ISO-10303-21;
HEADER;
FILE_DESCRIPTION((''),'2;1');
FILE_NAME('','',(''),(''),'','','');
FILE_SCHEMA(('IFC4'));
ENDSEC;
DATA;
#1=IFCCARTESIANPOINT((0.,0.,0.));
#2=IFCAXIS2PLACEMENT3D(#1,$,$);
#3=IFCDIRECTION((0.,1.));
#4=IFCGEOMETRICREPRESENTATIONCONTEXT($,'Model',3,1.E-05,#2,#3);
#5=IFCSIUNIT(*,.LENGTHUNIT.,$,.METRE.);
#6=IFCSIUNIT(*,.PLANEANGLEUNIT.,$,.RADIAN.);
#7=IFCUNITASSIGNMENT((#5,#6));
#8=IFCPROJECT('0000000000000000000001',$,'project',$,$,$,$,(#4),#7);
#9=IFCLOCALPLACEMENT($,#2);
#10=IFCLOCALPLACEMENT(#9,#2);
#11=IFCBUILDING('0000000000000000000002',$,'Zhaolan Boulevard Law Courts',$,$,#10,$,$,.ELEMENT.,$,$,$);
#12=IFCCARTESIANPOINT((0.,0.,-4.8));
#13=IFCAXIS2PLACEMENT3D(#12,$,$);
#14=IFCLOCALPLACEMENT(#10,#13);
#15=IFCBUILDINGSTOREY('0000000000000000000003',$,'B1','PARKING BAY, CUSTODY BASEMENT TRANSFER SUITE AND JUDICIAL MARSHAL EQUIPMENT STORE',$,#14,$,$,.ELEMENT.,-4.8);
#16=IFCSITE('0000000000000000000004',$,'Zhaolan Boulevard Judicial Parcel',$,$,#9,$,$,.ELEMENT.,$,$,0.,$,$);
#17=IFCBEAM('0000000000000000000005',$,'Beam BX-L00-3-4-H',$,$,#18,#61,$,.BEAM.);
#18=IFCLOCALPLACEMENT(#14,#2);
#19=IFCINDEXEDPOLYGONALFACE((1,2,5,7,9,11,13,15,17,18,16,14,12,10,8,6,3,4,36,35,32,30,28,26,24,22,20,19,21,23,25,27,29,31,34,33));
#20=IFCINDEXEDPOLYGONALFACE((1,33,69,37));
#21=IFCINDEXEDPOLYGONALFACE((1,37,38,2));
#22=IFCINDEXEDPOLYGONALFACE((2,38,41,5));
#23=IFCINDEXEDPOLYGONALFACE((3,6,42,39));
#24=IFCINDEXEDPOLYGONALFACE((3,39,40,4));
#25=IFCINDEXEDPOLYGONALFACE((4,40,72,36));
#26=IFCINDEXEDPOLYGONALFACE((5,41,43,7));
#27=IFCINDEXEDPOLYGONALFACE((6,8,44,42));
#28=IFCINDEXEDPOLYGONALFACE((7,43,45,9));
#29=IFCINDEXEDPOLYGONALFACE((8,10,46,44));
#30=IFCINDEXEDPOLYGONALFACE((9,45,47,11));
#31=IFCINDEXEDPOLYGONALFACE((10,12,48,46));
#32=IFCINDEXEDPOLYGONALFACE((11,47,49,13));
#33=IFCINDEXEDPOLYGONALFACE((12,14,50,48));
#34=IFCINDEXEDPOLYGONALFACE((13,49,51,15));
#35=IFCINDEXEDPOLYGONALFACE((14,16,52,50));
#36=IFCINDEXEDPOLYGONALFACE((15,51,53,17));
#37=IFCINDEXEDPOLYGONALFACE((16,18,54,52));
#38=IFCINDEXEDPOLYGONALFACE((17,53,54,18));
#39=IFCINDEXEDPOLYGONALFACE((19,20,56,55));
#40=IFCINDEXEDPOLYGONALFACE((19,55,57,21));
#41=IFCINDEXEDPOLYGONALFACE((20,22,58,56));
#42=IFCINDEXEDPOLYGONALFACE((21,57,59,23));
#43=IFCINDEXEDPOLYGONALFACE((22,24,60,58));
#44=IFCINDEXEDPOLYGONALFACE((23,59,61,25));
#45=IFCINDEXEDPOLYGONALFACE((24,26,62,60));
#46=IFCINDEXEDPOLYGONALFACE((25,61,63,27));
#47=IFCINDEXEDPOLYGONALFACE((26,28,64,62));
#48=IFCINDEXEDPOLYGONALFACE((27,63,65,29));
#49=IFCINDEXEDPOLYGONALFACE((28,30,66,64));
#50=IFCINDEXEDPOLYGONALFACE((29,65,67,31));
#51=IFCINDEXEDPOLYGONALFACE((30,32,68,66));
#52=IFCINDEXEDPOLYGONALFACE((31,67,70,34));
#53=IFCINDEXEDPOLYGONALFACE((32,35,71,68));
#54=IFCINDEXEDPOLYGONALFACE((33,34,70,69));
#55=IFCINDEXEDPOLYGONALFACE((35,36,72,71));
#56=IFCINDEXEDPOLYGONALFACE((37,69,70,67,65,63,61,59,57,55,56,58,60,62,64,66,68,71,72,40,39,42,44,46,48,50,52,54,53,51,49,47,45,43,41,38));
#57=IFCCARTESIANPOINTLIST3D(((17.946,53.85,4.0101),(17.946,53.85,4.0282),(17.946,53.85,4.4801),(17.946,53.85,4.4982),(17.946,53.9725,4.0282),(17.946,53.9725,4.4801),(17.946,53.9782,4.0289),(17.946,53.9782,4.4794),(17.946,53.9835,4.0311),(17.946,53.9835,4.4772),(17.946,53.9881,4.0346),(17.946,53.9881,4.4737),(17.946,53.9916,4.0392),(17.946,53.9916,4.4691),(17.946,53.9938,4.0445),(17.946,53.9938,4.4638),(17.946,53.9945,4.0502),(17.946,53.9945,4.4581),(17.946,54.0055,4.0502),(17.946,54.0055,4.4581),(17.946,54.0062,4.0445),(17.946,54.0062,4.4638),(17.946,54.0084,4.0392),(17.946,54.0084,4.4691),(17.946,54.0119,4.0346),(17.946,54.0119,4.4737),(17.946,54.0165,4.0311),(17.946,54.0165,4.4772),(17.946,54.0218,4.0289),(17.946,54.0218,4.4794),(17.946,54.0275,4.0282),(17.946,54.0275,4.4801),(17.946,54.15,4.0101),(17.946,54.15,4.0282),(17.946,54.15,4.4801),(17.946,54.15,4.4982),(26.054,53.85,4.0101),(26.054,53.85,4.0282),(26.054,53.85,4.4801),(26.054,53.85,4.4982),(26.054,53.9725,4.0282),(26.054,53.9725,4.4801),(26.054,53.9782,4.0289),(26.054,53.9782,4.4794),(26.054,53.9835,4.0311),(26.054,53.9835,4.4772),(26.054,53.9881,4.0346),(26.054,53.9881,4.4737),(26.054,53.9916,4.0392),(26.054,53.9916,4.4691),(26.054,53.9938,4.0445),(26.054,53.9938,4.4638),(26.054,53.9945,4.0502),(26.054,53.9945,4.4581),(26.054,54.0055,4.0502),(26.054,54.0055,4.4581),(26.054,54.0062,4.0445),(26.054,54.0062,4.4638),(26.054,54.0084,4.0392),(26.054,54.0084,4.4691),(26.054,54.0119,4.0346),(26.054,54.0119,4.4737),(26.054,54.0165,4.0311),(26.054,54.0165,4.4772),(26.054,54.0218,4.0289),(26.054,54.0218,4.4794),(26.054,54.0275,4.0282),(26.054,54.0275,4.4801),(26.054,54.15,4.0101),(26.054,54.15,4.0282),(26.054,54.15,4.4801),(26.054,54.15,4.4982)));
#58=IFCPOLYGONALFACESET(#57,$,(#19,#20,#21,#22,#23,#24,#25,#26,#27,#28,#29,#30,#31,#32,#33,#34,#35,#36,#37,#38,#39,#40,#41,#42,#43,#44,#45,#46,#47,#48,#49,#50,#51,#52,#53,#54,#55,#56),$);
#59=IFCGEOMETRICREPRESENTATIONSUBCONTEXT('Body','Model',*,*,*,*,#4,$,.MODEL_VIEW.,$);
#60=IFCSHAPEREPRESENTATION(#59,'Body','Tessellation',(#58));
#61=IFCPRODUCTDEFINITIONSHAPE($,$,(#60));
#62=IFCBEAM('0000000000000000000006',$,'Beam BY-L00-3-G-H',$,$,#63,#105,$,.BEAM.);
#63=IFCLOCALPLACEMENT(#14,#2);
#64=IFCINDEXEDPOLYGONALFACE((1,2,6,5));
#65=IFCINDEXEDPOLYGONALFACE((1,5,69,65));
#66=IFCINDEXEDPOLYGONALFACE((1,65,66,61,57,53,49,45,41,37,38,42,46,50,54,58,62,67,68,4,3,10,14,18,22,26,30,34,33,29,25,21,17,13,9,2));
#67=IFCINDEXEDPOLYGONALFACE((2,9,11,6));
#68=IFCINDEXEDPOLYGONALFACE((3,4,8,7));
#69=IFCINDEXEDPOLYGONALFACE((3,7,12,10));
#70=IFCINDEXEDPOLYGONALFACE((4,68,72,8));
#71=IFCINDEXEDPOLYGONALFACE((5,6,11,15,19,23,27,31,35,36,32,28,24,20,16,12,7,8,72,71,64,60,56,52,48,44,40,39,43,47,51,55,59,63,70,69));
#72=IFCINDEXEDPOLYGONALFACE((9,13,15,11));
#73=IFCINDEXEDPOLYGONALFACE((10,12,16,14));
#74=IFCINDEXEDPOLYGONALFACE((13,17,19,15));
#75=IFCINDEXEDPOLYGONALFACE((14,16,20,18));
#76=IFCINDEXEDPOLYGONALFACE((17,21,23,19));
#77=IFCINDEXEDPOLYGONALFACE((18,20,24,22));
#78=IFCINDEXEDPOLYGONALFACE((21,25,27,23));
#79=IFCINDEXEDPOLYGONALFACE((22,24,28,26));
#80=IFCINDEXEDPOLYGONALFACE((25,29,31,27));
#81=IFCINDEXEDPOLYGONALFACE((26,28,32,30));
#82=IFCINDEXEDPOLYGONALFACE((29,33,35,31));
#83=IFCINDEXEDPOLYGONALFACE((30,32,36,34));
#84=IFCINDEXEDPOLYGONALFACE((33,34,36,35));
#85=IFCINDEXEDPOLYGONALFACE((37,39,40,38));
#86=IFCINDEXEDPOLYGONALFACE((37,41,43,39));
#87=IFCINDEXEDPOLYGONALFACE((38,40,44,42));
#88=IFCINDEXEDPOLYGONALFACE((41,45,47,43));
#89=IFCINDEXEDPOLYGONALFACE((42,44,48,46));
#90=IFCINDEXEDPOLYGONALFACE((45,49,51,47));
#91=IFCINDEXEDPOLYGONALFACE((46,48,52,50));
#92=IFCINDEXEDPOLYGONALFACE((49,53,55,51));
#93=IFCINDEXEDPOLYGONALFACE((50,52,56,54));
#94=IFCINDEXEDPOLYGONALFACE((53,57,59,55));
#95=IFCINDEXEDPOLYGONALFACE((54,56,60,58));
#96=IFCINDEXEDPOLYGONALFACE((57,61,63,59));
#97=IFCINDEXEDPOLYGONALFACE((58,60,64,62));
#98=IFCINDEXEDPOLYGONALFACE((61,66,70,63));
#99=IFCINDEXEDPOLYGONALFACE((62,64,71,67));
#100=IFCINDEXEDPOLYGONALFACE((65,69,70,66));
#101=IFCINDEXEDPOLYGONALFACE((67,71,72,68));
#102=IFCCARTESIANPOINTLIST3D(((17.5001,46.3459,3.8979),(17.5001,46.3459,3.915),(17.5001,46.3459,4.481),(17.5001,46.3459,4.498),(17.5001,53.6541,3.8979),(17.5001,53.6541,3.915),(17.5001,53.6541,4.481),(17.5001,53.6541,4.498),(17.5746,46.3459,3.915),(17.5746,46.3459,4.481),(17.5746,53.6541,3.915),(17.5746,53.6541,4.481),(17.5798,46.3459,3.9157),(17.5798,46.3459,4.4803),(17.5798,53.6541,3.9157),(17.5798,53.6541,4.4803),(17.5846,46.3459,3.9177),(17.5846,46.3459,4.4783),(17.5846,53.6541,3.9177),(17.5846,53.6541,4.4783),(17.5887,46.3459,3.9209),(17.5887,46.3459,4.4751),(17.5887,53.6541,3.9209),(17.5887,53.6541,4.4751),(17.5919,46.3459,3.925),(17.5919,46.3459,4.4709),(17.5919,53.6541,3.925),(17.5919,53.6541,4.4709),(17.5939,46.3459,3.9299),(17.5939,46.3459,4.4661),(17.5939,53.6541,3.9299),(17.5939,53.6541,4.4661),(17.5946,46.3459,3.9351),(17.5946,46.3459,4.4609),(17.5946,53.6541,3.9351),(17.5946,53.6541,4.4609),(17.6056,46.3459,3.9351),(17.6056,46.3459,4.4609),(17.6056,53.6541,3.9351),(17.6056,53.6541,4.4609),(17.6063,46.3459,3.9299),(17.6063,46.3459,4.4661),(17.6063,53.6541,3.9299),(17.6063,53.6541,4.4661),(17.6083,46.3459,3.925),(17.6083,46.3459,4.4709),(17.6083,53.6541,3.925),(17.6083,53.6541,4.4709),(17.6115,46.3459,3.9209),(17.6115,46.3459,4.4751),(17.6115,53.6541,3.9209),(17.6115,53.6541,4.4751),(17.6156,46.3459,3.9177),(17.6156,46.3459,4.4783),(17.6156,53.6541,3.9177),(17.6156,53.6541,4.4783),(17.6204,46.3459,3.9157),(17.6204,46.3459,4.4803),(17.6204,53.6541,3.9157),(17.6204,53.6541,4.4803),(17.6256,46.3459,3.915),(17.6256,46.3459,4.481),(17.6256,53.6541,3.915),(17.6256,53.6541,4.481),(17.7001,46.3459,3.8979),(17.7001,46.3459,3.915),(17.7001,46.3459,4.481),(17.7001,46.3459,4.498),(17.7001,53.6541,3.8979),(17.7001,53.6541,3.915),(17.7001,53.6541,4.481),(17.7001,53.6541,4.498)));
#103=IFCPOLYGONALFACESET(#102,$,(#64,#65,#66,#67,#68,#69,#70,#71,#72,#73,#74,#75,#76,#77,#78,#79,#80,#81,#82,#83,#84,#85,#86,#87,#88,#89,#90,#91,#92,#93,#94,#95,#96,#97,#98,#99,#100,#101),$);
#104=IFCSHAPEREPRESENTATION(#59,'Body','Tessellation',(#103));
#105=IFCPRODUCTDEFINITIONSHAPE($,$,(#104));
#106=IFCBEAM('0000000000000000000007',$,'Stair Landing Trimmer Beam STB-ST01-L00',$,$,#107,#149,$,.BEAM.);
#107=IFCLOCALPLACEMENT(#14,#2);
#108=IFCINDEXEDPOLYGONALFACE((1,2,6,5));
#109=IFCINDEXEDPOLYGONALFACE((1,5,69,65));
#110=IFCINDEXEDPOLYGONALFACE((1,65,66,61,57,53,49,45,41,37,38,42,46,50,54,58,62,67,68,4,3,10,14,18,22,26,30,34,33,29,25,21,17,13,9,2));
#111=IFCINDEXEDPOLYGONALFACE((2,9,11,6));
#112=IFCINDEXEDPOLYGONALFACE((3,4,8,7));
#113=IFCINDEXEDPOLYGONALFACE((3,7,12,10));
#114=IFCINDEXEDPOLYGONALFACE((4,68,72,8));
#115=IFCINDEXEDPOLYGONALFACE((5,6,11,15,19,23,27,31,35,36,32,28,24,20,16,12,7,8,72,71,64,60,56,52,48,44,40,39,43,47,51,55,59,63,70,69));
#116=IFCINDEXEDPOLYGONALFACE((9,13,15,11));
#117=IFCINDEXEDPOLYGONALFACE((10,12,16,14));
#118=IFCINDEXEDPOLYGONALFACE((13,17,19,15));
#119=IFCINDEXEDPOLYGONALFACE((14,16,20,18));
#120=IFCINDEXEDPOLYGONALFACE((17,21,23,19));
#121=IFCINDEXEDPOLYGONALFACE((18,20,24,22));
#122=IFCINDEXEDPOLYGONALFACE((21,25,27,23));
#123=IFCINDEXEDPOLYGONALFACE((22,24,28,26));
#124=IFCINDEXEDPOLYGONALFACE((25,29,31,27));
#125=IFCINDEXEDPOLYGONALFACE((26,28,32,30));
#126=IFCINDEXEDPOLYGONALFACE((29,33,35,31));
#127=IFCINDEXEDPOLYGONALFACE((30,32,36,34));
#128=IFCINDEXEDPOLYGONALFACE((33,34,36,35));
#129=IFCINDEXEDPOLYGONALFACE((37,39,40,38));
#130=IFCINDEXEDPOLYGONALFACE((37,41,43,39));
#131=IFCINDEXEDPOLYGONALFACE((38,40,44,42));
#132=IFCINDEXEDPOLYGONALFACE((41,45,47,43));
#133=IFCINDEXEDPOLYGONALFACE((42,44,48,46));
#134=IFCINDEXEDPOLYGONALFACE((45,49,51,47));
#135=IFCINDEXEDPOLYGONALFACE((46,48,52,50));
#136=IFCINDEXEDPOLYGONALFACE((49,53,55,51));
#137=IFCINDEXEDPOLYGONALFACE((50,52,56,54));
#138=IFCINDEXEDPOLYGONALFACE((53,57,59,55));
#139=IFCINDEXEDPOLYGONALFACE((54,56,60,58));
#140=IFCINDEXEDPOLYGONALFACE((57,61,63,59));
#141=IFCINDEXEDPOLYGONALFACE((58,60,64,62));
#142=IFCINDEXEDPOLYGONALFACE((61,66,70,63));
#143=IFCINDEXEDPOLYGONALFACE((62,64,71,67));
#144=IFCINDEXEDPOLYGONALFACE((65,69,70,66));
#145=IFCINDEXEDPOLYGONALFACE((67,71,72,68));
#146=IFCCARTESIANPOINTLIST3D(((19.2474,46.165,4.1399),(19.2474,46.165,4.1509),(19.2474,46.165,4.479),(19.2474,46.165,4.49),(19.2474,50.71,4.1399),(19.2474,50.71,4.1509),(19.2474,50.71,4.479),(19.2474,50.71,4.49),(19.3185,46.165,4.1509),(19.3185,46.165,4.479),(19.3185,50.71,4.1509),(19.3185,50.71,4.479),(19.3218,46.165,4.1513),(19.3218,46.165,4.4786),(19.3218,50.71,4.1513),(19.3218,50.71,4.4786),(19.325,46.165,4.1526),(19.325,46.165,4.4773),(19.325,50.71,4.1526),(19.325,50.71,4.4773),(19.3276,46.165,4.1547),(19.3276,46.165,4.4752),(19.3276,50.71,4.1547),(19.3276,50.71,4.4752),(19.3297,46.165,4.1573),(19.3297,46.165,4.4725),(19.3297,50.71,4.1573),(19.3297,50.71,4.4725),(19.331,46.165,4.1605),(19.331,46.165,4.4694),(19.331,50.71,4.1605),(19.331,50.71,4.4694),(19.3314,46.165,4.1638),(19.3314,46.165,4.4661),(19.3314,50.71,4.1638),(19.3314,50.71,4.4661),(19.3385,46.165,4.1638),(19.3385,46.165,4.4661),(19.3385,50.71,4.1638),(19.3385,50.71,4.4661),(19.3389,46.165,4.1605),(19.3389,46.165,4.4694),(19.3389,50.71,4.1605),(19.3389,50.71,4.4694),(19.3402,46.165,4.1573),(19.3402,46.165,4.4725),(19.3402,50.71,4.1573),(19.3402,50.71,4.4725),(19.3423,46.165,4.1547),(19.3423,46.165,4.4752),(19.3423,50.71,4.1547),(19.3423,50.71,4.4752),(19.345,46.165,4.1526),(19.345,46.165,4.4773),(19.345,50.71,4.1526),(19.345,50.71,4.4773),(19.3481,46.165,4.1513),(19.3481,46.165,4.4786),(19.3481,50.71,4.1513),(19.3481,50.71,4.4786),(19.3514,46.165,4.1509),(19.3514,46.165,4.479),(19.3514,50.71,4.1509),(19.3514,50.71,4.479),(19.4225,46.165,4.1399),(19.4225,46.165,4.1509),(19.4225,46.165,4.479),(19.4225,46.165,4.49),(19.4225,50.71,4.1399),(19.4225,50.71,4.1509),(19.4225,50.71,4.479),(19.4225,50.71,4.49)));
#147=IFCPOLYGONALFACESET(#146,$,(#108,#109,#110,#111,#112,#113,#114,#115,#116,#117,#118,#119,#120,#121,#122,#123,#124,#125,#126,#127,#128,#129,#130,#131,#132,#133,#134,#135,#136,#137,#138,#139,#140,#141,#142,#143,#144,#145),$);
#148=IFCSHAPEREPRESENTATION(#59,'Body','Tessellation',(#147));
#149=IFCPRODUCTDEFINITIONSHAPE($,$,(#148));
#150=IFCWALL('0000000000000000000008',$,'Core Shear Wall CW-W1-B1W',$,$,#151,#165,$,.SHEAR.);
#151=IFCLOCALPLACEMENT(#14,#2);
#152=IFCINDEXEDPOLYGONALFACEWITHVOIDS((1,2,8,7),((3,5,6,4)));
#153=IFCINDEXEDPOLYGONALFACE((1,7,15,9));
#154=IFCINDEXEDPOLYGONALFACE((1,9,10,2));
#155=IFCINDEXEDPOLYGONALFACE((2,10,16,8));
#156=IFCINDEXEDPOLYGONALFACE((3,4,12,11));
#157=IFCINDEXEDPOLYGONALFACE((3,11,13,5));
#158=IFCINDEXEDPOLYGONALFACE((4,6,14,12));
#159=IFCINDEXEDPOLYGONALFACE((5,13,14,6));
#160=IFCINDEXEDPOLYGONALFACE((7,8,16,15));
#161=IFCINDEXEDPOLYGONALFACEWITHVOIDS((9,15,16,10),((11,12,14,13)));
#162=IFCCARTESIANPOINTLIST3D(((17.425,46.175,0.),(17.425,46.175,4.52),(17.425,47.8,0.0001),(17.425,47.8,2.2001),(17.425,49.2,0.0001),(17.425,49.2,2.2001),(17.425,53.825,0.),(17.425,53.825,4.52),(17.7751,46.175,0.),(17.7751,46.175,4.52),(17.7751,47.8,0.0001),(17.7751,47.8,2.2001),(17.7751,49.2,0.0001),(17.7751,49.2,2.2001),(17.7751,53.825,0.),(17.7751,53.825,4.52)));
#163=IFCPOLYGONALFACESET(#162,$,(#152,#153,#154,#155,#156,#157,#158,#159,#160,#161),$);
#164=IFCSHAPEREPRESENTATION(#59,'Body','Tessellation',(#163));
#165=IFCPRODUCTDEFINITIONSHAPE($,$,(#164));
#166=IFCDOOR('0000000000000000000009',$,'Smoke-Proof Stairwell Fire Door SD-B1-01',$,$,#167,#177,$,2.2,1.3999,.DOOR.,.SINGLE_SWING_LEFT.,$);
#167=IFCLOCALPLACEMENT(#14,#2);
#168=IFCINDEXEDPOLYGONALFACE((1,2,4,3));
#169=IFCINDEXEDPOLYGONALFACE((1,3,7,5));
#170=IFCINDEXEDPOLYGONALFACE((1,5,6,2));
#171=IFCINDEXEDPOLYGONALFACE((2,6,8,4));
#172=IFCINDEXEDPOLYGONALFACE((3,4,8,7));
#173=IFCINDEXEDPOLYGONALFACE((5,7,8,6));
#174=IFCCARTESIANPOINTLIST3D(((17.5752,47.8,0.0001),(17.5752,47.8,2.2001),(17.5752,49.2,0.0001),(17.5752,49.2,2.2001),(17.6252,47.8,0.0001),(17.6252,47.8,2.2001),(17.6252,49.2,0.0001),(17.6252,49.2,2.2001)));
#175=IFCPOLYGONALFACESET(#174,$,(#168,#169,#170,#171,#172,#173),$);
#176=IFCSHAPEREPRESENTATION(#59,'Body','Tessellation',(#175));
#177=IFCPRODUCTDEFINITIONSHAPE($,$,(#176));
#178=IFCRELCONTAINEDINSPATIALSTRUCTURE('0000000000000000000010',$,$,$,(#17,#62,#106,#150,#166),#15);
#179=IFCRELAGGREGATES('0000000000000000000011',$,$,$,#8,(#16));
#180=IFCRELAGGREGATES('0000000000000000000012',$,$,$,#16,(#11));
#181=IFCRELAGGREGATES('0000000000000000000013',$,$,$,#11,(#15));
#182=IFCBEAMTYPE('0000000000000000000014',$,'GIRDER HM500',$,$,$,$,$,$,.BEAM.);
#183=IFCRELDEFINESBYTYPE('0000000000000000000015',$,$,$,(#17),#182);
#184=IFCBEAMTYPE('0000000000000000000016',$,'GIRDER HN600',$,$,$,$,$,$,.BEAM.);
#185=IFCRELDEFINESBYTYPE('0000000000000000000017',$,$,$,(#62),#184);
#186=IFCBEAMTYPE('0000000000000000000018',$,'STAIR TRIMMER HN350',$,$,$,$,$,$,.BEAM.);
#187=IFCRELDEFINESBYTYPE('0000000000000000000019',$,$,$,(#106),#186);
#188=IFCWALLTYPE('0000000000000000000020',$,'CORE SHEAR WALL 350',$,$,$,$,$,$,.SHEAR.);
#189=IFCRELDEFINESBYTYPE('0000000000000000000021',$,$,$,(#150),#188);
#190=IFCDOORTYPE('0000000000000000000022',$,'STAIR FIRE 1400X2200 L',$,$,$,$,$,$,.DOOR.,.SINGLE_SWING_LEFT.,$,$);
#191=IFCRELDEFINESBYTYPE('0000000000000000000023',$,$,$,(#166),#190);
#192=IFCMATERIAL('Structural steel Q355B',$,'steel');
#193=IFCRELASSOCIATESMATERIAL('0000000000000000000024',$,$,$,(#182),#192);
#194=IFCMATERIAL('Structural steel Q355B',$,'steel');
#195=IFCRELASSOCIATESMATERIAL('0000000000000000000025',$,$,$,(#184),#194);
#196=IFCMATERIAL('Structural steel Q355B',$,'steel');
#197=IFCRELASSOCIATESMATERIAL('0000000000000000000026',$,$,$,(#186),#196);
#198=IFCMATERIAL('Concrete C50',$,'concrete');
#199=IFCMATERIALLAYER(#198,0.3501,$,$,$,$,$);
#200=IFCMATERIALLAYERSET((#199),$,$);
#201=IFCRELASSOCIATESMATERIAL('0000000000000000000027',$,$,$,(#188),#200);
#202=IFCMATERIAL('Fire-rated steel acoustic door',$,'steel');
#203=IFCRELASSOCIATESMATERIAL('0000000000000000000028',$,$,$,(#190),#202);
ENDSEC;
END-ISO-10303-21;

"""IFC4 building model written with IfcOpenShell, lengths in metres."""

from ifc_helpers import new_model, si_unit, direction, frame, frame_2d, origin, origin_2d, place, context, subcontext, project, spatial, rectangle, i_section, extrude, material, layer, layer_set, material_profile, profile_set, type_object, element, fill, save


model = new_model("IFC4")

# Units and contexts
model_context = context("Model", 3, precision=1e-05, world=origin(), true_north=direction((0.0, 1.0)))
body_context = subcontext(model_context, "Body", "Model", "MODEL_VIEW")
ifc_project = project(units=[si_unit("LENGTHUNIT", "METRE"), si_unit("PLANEANGLEUNIT", "RADIAN")], contexts=[model_context])

# Site, building, storey
site_placement = place(None, origin())
site = spatial("IfcSite", under=ifc_project, at=site_placement, Name="Zhaolan Boulevard Judicial Parcel", CompositionType="ELEMENT", RefElevation=0.0)
building_placement = place(site_placement, origin())
building = spatial("IfcBuilding", under=site, at=building_placement, Name="Zhaolan Boulevard Law Courts", CompositionType="ELEMENT")
storey_placement = place(building_placement, frame((0.0, 0.0, -4.8)))
storey = spatial("IfcBuildingStorey", under=building, at=storey_placement, Name="B1", Description="PARKING BAY, CUSTODY BASEMENT TRANSFER SUITE AND JUDICIAL MARSHAL EQUIPMENT STORE", CompositionType="ELEMENT", Elevation=-4.8)

# Beams
ifc_material_1 = material(Name="Structural steel Q355B", Category="steel")
ifc_material_profile_1 = material_profile(ifc_material_1, i_section(OverallWidth=0.3, OverallDepth=0.488, WebThickness=0.011, FlangeThickness=0.0181, FilletRadius=0.022, at=origin_2d()), Name="HM488x300")
ifc_profile_set_1 = profile_set([ifc_material_profile_1], Name="Structural steel Q355B")
beam_type_1 = type_object("IfcBeamType", Name="GIRDER HM500", PredefinedType="BEAM", material=ifc_profile_set_1)
beam_1_placement = place(storey_placement, frame((17.946, 54.0, 4.2542), z_axis=(1.0, 0.0, 0.0), x_axis=(0.0, 1.0, 0.0)))
element("IfcBeam", 1, at=beam_1_placement, inside=storey, type_object=beam_type_1, Name="Beam BX-L00-3-4-H", PredefinedType="BEAM", context=body_context, shape_type="SweptSolid", body=[
    extrude(i_section(OverallWidth=0.3, OverallDepth=0.488, WebThickness=0.011, FlangeThickness=0.0181, FilletRadius=0.022, at=origin_2d()), origin(), (0.0, 0.0, 1.0), 8.1079),
])
ifc_material_2 = material(Name="Structural steel Q355B", Category="steel")
ifc_material_profile_2 = material_profile(ifc_material_2, i_section(OverallWidth=0.2, OverallDepth=0.6001, WebThickness=0.011, FlangeThickness=0.0171, FilletRadius=0.02, at=origin_2d()), Name="HN600x200")
ifc_profile_set_2 = profile_set([ifc_material_profile_2], Name="Structural steel Q355B")
beam_type_2 = type_object("IfcBeamType", Name="GIRDER HN600", PredefinedType="BEAM", material=ifc_profile_set_2)
beam_2_placement = place(storey_placement, frame((17.6001, 46.3459, 4.198), z_axis=(0.0, 1.0, 0.0), x_axis=(-1.0, 0.0, 0.0)))
element("IfcBeam", 2, at=beam_2_placement, inside=storey, type_object=beam_type_2, Name="Beam BY-L00-3-G-H", PredefinedType="BEAM", context=body_context, shape_type="SweptSolid", body=[
    extrude(i_section(OverallWidth=0.2, OverallDepth=0.6001, WebThickness=0.011, FlangeThickness=0.0171, FilletRadius=0.02, at=origin_2d()), origin(), (0.0, 0.0, 1.0), 7.3081),
])
ifc_material_3 = material(Name="Structural steel Q355B", Category="steel")
ifc_material_profile_3 = material_profile(ifc_material_3, i_section(OverallWidth=0.175, OverallDepth=0.3501, WebThickness=0.0071, FlangeThickness=0.011, FilletRadius=0.0129, at=origin_2d()), Name="HN350x175")
ifc_profile_set_3 = profile_set([ifc_material_profile_3], Name="Structural steel Q355B")
beam_type_3 = type_object("IfcBeamType", Name="STAIR TRIMMER HN350", PredefinedType="BEAM", material=ifc_profile_set_3)
beam_3_placement = place(storey_placement, frame((19.335, 46.165, 4.3149), z_axis=(0.0, 1.0, 0.0), x_axis=(-1.0, 0.0, 0.0)))
element("IfcBeam", 3, at=beam_3_placement, inside=storey, type_object=beam_type_3, Name="Stair Landing Trimmer Beam STB-ST01-L00", PredefinedType="BEAM", context=body_context, shape_type="SweptSolid", body=[
    extrude(i_section(OverallWidth=0.175, OverallDepth=0.3501, WebThickness=0.0071, FlangeThickness=0.011, FilletRadius=0.0129, at=origin_2d()), origin(), (0.0, 0.0, 1.0), 4.5449),
])

# Wall, opening, door
ifc_material_4 = material(Name="Concrete C50", Category="concrete")
ifc_layer_1 = layer(ifc_material_4, 0.3501)
ifc_layer_set_1 = layer_set([ifc_layer_1])
wall_type_1 = type_object("IfcWallType", Name="CORE SHEAR WALL 350", PredefinedType="SHEAR", material=ifc_layer_set_1)
wall_1_placement = place(storey_placement, frame((17.6001, 46.175, 0.0), z_axis=(0.0, 0.0, 1.0), x_axis=(0.0, 1.0, 0.0)))
wall_1 = element("IfcWall", 4, at=wall_1_placement, inside=storey, type_object=wall_type_1, Name="Core Shear Wall CW-W1-B1W", PredefinedType="SHEAR", context=body_context, shape_type="SweptSolid", body=[
    extrude(rectangle(XDim=7.6499, YDim=0.3501, at=frame_2d((3.825, 0.0))), origin(), (0.0, 0.0, 1.0), 4.52),
])
opening_placement = place(wall_1_placement, frame((1.625, 0.0, 0.0)))
opening = element("IfcOpeningElement", 5, at=opening_placement, cuts=wall_1, PredefinedType="OPENING", context=body_context, shape_type="SweptSolid", body=[
    extrude(rectangle(XDim=1.3999, YDim=2.2, at=frame_2d((0.7, 1.1001))), frame((0.0, 0.1851, 0.0), z_axis=(0.0, -1.0, 0.0), x_axis=(1.0, 0.0, 0.0)), (0.0, 0.0, 1.0), 0.3701),
])
ifc_material_5 = material(Name="Fire-rated steel acoustic door", Category="steel")
door_type = type_object("IfcDoorType", Name="STAIR FIRE 1400X2200 L", OperationType="SINGLE_SWING_LEFT", PredefinedType="DOOR", material=ifc_material_5)
door_placement = place(opening_placement, origin())
door = element("IfcDoor", 6, at=door_placement, inside=storey, type_object=door_type, Name="Smoke-Proof Stairwell Fire Door SD-B1-01", OperationType="SINGLE_SWING_LEFT", OverallHeight=2.2, OverallWidth=1.3999, PredefinedType="DOOR", context=body_context, shape_type="SweptSolid", body=[
    extrude(rectangle(XDim=1.3999, YDim=2.2, at=frame_2d((0.7, 1.1001))), frame((0.0, 0.0249, 0.0), z_axis=(0.0, -1.0, 0.0), x_axis=(1.0, 0.0, 0.0)), (0.0, 0.0, 1.0), 0.05),
])
fill(opening, door)

save(model, "model.ifc")
